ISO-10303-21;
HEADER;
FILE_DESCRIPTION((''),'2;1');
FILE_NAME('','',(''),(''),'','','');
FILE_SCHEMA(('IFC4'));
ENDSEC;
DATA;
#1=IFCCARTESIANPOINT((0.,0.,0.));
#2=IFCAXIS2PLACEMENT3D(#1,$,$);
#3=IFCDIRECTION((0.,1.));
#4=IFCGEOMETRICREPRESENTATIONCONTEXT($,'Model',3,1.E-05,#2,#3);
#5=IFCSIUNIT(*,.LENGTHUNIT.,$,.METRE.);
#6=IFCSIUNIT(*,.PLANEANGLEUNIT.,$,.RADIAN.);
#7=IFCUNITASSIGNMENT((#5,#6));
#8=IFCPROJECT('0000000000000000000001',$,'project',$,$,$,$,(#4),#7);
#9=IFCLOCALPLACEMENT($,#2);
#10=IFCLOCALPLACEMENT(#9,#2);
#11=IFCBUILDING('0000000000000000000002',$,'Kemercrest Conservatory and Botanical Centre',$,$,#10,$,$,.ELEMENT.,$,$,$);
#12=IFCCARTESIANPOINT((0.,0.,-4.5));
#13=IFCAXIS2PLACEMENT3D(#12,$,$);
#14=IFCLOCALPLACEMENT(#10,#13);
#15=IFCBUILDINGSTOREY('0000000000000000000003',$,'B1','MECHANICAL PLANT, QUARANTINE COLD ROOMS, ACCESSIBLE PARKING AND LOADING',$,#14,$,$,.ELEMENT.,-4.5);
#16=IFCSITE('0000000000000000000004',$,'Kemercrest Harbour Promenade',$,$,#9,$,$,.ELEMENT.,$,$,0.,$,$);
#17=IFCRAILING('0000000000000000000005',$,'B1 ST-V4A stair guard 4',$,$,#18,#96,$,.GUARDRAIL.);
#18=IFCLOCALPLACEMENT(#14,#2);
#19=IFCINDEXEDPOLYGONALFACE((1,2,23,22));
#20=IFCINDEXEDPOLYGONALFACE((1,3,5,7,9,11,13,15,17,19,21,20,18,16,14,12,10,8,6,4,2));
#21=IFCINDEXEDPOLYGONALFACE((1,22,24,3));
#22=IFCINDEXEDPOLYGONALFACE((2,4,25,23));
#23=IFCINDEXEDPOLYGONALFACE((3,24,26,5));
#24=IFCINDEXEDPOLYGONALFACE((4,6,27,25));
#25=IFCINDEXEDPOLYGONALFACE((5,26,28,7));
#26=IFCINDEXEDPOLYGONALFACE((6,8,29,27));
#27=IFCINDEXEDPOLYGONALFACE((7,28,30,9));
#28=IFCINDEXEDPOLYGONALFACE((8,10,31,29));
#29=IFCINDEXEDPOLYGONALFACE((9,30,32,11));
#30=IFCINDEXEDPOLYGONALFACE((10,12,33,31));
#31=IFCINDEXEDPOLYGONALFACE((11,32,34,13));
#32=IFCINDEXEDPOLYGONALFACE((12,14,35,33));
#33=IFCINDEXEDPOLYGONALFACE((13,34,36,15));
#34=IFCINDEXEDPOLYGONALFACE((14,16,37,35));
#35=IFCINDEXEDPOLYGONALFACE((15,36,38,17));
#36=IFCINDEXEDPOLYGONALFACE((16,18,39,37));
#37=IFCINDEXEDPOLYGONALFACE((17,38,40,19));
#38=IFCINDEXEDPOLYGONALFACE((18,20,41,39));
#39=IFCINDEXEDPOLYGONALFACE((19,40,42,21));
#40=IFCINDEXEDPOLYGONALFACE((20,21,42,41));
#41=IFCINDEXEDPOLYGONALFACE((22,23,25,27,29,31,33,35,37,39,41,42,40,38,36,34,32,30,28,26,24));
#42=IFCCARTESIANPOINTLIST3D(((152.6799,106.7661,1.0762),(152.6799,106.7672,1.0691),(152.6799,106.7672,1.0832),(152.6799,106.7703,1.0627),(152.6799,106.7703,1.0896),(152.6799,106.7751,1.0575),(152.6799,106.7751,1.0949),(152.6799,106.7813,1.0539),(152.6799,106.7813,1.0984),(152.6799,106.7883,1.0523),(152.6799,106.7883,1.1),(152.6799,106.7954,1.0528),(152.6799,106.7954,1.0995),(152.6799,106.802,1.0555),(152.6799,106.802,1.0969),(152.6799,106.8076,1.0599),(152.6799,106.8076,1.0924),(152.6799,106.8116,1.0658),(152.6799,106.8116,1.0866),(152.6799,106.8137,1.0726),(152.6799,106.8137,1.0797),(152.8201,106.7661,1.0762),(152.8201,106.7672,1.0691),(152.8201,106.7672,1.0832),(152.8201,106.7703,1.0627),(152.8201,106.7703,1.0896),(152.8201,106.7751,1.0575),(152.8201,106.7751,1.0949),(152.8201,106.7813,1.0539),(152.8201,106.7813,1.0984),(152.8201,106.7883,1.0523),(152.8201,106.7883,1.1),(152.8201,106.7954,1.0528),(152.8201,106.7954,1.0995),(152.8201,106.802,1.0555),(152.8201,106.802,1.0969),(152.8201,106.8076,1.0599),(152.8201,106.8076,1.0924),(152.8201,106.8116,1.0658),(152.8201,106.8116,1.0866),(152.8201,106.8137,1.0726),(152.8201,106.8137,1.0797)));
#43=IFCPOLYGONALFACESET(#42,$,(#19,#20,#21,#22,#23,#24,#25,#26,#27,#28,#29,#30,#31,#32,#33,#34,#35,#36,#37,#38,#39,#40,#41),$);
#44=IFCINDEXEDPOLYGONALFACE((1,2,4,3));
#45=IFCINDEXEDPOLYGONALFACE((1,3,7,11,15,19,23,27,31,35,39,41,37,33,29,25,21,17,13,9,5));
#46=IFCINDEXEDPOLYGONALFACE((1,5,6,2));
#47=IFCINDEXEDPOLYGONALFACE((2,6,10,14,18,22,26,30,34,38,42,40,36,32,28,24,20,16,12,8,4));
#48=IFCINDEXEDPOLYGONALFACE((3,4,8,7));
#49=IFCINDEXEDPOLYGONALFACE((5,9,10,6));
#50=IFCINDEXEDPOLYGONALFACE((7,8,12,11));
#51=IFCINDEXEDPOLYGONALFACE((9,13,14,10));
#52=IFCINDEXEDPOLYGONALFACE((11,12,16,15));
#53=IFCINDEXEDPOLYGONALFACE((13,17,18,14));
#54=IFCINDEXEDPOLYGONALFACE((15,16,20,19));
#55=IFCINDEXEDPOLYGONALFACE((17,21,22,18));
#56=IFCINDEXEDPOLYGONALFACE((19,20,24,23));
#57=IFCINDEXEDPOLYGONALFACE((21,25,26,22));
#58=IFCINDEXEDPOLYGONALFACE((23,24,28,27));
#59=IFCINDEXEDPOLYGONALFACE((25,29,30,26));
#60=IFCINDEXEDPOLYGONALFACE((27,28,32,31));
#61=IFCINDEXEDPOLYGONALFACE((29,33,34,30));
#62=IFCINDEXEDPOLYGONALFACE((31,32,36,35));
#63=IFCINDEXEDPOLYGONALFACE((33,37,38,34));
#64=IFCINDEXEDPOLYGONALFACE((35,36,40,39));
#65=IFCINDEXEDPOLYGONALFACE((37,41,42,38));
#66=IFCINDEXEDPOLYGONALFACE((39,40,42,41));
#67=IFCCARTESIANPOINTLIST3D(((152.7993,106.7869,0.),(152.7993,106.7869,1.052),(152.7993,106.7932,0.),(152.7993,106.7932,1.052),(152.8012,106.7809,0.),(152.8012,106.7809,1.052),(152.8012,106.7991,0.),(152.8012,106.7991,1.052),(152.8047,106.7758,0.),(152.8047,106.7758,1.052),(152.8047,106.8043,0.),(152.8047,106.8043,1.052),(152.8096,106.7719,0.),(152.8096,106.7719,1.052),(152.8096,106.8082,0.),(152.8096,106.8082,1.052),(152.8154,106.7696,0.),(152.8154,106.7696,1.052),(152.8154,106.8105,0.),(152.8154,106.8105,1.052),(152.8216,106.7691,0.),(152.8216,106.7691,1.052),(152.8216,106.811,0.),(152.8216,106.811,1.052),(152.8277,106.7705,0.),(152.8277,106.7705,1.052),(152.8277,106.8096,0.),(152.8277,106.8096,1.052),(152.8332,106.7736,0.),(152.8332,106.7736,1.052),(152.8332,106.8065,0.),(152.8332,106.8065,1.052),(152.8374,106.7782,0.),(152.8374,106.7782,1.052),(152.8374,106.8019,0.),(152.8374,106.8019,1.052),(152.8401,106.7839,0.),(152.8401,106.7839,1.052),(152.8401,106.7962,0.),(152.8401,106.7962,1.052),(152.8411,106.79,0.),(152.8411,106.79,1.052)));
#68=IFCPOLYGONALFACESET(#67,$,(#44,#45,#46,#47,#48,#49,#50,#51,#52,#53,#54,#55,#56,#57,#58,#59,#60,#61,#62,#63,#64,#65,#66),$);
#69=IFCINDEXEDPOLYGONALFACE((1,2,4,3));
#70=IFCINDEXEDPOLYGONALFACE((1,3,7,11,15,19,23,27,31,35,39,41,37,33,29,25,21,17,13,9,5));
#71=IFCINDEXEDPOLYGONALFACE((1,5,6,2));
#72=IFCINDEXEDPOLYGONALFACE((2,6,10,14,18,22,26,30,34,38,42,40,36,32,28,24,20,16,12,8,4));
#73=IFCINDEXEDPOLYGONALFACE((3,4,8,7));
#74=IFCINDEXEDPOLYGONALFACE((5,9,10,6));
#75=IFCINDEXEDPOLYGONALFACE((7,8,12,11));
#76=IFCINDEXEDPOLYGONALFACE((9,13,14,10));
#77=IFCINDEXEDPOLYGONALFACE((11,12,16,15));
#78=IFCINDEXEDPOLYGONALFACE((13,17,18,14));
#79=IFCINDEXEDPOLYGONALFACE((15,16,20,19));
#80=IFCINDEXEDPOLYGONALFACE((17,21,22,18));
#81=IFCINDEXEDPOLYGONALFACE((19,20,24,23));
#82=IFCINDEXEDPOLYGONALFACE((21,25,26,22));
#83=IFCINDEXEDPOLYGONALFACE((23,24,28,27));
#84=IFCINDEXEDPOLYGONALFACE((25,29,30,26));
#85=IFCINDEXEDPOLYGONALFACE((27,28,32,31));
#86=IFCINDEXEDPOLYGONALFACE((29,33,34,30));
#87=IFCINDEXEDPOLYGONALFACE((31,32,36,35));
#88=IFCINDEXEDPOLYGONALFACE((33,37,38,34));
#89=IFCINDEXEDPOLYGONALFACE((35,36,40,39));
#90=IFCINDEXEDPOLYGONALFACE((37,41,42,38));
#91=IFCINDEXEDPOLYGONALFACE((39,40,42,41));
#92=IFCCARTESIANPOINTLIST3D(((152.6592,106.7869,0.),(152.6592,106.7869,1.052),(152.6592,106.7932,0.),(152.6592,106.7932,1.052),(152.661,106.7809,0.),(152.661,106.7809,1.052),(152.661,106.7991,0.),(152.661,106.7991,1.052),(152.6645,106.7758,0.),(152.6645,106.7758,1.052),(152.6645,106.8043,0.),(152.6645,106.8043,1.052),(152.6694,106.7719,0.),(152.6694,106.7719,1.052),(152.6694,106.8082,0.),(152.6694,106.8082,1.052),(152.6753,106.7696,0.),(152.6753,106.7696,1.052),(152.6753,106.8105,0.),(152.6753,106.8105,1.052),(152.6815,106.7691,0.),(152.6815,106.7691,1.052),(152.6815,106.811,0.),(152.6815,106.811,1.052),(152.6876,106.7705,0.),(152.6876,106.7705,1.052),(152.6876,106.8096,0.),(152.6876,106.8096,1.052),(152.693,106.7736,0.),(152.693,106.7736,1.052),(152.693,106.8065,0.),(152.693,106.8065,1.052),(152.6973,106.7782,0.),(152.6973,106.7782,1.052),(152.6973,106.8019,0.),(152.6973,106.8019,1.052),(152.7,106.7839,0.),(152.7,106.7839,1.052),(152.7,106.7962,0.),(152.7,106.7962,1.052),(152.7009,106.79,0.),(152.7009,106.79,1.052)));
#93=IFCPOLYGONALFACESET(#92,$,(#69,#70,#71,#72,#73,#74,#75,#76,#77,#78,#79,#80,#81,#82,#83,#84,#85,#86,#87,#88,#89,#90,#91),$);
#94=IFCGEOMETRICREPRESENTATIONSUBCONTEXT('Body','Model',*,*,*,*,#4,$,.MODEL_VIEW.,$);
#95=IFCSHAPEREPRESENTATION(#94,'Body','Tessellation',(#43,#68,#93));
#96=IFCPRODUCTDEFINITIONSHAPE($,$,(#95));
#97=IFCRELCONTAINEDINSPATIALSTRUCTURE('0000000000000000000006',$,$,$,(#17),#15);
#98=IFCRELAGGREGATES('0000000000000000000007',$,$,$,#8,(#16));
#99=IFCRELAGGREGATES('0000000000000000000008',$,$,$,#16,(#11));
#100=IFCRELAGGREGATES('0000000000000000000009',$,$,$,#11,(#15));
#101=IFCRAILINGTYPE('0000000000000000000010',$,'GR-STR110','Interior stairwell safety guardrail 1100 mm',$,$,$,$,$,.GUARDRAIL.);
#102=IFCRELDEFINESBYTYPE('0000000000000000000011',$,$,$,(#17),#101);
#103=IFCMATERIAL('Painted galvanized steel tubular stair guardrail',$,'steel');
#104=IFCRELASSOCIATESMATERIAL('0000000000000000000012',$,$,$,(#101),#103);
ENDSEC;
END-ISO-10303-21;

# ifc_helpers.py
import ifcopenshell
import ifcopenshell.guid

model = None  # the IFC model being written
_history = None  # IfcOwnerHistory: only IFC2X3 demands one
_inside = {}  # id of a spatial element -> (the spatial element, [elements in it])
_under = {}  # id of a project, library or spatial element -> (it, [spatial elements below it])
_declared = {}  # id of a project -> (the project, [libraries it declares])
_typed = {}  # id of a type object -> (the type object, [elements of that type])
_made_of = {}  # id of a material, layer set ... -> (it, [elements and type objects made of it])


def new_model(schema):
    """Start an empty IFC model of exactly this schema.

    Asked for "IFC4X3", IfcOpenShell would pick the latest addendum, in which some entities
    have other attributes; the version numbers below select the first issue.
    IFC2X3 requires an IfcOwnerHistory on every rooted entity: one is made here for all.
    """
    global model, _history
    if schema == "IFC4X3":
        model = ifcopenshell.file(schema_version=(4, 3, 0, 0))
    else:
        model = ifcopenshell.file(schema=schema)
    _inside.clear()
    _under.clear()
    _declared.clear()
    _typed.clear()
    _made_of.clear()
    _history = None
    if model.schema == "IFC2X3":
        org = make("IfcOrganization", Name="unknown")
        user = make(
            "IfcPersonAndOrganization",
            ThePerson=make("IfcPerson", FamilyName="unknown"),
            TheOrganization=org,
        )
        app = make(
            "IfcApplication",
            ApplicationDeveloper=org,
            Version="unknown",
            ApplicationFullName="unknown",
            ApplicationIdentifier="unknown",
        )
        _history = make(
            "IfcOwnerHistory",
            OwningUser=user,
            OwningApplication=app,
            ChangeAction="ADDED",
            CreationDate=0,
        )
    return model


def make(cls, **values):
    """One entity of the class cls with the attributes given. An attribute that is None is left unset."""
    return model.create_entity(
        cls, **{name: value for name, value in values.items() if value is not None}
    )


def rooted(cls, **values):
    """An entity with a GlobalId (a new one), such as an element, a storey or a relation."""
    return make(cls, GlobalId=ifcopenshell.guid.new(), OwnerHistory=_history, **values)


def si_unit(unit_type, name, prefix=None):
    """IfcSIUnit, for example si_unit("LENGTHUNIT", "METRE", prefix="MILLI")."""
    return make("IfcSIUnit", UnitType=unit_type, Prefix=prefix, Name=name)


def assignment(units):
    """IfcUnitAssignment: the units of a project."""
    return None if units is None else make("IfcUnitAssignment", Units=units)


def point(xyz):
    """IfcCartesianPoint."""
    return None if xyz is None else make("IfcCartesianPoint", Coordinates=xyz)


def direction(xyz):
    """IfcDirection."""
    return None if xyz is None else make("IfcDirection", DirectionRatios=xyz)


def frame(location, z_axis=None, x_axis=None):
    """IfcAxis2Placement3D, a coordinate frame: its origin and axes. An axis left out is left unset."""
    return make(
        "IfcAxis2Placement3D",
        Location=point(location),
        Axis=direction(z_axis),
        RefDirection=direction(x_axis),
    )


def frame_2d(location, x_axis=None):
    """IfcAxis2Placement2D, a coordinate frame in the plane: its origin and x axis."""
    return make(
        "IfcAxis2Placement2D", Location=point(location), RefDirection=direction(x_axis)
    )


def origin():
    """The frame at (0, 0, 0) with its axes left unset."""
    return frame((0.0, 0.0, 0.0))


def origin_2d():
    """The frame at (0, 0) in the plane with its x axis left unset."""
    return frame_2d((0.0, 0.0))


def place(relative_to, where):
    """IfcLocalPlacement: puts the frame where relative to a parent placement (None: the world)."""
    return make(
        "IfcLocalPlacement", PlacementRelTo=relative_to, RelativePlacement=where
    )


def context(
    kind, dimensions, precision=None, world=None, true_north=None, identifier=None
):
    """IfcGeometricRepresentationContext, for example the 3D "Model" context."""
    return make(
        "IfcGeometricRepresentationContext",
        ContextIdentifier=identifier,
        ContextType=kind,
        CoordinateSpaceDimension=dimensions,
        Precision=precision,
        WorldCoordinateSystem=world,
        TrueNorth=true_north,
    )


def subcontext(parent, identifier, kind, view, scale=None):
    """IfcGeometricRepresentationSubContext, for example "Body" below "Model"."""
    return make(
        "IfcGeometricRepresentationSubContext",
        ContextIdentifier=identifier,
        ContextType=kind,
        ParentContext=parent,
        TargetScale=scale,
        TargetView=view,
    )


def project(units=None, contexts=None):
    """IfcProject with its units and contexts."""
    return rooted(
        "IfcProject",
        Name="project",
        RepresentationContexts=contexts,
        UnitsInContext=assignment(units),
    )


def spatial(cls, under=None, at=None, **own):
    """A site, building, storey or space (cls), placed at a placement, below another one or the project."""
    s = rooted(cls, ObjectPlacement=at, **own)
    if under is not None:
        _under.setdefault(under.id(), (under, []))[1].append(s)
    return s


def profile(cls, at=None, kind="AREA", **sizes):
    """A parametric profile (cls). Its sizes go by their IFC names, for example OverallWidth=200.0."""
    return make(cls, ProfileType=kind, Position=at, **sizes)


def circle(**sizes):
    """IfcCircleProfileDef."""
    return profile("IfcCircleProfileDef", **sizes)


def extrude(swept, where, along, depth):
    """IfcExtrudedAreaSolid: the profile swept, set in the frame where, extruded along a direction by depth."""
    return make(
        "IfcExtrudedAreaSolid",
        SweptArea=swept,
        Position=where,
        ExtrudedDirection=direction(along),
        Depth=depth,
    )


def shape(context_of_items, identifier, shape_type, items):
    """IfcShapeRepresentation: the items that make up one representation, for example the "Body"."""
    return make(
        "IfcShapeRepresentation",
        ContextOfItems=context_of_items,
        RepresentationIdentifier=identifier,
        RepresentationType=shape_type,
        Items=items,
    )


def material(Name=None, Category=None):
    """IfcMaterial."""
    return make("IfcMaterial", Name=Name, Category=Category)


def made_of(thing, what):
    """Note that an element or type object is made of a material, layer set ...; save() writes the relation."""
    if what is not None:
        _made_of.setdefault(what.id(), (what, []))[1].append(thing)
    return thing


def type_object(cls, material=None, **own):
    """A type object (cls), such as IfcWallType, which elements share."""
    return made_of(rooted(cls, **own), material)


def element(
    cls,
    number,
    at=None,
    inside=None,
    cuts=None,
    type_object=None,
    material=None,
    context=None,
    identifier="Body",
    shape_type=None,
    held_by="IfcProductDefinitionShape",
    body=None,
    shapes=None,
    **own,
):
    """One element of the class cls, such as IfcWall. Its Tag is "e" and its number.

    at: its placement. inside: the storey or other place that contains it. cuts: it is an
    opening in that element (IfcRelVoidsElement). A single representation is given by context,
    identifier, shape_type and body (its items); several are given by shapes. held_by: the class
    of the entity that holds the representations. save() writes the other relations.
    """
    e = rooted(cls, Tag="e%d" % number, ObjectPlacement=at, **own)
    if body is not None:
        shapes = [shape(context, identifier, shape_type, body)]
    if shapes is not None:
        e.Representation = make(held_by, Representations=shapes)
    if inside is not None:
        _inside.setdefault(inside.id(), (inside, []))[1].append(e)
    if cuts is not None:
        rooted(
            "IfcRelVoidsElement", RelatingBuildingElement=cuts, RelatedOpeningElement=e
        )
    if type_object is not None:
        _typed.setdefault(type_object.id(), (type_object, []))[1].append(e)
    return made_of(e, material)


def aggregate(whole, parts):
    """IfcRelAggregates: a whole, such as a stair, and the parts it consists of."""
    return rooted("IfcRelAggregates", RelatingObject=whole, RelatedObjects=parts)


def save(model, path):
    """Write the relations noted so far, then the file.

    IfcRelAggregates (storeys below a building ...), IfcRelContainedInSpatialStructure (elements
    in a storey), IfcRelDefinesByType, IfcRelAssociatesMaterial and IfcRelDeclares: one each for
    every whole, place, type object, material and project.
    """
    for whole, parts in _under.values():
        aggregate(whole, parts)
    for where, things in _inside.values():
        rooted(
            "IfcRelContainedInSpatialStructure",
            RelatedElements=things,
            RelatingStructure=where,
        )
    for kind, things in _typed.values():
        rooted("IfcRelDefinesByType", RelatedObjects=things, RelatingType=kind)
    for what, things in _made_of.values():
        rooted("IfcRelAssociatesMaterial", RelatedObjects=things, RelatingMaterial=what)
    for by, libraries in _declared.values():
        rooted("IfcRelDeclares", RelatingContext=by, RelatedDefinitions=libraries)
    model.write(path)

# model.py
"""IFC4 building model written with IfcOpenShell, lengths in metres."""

from ifc_helpers import new_model, si_unit, direction, frame, origin, origin_2d, place, context, subcontext, project, spatial, circle, extrude, material, type_object, element, save


model = new_model("IFC4")

# Units and contexts
model_context = context("Model", 3, precision=1e-05, world=origin(), true_north=direction((0.0, 1.0)))
body_context = subcontext(model_context, "Body", "Model", "MODEL_VIEW")
ifc_project = project(units=[si_unit("LENGTHUNIT", "METRE"), si_unit("PLANEANGLEUNIT", "RADIAN")], contexts=[model_context])

# Site, building, storey
site_placement = place(None, origin())
site = spatial("IfcSite", under=ifc_project, at=site_placement, Name="Kemercrest Harbour Promenade", CompositionType="ELEMENT", RefElevation=0.0)
building_placement = place(site_placement, origin())
building = spatial("IfcBuilding", under=site, at=building_placement, Name="Kemercrest Conservatory and Botanical Centre", CompositionType="ELEMENT")
storey_placement = place(building_placement, frame((0.0, 0.0, -4.5)))
storey = spatial("IfcBuildingStorey", under=building, at=storey_placement, Name="B1", Description="MECHANICAL PLANT, QUARANTINE COLD ROOMS, ACCESSIBLE PARKING AND LOADING", CompositionType="ELEMENT", Elevation=-4.5)

# Railing
ifc_material_1 = material(Name="Painted galvanized steel tubular stair guardrail", Category="steel")
railing_type_1 = type_object("IfcRailingType", Name="GR-STR110", Description="Interior stairwell safety guardrail 1100 mm", PredefinedType="GUARDRAIL", material=ifc_material_1)
railing_1_placement = place(storey_placement, frame((152.8201, 106.79, 0.0)))
element("IfcRailing", 1, at=railing_1_placement, inside=storey, type_object=railing_type_1, Name="B1 ST-V4A stair guard 4", PredefinedType="GUARDRAIL", context=body_context, shape_type="SweptSolid", body=[
    extrude(circle(Radius=0.0239, at=origin_2d()), frame((0.0, 0.0, 1.0762), z_axis=(-1.0, 0.0, 0.0), x_axis=(0.0, -1.0, 0.0)), (0.0, 0.0, 1.0), 0.1401),
    extrude(circle(Radius=0.021, at=origin_2d()), origin(), (0.0, 0.0, 1.0), 1.052),
    extrude(circle(Radius=0.021, at=origin_2d()), frame((-0.1401, 0.0, 0.0)), (0.0, 0.0, 1.0), 1.052),
])

save(model, "model.ifc")
